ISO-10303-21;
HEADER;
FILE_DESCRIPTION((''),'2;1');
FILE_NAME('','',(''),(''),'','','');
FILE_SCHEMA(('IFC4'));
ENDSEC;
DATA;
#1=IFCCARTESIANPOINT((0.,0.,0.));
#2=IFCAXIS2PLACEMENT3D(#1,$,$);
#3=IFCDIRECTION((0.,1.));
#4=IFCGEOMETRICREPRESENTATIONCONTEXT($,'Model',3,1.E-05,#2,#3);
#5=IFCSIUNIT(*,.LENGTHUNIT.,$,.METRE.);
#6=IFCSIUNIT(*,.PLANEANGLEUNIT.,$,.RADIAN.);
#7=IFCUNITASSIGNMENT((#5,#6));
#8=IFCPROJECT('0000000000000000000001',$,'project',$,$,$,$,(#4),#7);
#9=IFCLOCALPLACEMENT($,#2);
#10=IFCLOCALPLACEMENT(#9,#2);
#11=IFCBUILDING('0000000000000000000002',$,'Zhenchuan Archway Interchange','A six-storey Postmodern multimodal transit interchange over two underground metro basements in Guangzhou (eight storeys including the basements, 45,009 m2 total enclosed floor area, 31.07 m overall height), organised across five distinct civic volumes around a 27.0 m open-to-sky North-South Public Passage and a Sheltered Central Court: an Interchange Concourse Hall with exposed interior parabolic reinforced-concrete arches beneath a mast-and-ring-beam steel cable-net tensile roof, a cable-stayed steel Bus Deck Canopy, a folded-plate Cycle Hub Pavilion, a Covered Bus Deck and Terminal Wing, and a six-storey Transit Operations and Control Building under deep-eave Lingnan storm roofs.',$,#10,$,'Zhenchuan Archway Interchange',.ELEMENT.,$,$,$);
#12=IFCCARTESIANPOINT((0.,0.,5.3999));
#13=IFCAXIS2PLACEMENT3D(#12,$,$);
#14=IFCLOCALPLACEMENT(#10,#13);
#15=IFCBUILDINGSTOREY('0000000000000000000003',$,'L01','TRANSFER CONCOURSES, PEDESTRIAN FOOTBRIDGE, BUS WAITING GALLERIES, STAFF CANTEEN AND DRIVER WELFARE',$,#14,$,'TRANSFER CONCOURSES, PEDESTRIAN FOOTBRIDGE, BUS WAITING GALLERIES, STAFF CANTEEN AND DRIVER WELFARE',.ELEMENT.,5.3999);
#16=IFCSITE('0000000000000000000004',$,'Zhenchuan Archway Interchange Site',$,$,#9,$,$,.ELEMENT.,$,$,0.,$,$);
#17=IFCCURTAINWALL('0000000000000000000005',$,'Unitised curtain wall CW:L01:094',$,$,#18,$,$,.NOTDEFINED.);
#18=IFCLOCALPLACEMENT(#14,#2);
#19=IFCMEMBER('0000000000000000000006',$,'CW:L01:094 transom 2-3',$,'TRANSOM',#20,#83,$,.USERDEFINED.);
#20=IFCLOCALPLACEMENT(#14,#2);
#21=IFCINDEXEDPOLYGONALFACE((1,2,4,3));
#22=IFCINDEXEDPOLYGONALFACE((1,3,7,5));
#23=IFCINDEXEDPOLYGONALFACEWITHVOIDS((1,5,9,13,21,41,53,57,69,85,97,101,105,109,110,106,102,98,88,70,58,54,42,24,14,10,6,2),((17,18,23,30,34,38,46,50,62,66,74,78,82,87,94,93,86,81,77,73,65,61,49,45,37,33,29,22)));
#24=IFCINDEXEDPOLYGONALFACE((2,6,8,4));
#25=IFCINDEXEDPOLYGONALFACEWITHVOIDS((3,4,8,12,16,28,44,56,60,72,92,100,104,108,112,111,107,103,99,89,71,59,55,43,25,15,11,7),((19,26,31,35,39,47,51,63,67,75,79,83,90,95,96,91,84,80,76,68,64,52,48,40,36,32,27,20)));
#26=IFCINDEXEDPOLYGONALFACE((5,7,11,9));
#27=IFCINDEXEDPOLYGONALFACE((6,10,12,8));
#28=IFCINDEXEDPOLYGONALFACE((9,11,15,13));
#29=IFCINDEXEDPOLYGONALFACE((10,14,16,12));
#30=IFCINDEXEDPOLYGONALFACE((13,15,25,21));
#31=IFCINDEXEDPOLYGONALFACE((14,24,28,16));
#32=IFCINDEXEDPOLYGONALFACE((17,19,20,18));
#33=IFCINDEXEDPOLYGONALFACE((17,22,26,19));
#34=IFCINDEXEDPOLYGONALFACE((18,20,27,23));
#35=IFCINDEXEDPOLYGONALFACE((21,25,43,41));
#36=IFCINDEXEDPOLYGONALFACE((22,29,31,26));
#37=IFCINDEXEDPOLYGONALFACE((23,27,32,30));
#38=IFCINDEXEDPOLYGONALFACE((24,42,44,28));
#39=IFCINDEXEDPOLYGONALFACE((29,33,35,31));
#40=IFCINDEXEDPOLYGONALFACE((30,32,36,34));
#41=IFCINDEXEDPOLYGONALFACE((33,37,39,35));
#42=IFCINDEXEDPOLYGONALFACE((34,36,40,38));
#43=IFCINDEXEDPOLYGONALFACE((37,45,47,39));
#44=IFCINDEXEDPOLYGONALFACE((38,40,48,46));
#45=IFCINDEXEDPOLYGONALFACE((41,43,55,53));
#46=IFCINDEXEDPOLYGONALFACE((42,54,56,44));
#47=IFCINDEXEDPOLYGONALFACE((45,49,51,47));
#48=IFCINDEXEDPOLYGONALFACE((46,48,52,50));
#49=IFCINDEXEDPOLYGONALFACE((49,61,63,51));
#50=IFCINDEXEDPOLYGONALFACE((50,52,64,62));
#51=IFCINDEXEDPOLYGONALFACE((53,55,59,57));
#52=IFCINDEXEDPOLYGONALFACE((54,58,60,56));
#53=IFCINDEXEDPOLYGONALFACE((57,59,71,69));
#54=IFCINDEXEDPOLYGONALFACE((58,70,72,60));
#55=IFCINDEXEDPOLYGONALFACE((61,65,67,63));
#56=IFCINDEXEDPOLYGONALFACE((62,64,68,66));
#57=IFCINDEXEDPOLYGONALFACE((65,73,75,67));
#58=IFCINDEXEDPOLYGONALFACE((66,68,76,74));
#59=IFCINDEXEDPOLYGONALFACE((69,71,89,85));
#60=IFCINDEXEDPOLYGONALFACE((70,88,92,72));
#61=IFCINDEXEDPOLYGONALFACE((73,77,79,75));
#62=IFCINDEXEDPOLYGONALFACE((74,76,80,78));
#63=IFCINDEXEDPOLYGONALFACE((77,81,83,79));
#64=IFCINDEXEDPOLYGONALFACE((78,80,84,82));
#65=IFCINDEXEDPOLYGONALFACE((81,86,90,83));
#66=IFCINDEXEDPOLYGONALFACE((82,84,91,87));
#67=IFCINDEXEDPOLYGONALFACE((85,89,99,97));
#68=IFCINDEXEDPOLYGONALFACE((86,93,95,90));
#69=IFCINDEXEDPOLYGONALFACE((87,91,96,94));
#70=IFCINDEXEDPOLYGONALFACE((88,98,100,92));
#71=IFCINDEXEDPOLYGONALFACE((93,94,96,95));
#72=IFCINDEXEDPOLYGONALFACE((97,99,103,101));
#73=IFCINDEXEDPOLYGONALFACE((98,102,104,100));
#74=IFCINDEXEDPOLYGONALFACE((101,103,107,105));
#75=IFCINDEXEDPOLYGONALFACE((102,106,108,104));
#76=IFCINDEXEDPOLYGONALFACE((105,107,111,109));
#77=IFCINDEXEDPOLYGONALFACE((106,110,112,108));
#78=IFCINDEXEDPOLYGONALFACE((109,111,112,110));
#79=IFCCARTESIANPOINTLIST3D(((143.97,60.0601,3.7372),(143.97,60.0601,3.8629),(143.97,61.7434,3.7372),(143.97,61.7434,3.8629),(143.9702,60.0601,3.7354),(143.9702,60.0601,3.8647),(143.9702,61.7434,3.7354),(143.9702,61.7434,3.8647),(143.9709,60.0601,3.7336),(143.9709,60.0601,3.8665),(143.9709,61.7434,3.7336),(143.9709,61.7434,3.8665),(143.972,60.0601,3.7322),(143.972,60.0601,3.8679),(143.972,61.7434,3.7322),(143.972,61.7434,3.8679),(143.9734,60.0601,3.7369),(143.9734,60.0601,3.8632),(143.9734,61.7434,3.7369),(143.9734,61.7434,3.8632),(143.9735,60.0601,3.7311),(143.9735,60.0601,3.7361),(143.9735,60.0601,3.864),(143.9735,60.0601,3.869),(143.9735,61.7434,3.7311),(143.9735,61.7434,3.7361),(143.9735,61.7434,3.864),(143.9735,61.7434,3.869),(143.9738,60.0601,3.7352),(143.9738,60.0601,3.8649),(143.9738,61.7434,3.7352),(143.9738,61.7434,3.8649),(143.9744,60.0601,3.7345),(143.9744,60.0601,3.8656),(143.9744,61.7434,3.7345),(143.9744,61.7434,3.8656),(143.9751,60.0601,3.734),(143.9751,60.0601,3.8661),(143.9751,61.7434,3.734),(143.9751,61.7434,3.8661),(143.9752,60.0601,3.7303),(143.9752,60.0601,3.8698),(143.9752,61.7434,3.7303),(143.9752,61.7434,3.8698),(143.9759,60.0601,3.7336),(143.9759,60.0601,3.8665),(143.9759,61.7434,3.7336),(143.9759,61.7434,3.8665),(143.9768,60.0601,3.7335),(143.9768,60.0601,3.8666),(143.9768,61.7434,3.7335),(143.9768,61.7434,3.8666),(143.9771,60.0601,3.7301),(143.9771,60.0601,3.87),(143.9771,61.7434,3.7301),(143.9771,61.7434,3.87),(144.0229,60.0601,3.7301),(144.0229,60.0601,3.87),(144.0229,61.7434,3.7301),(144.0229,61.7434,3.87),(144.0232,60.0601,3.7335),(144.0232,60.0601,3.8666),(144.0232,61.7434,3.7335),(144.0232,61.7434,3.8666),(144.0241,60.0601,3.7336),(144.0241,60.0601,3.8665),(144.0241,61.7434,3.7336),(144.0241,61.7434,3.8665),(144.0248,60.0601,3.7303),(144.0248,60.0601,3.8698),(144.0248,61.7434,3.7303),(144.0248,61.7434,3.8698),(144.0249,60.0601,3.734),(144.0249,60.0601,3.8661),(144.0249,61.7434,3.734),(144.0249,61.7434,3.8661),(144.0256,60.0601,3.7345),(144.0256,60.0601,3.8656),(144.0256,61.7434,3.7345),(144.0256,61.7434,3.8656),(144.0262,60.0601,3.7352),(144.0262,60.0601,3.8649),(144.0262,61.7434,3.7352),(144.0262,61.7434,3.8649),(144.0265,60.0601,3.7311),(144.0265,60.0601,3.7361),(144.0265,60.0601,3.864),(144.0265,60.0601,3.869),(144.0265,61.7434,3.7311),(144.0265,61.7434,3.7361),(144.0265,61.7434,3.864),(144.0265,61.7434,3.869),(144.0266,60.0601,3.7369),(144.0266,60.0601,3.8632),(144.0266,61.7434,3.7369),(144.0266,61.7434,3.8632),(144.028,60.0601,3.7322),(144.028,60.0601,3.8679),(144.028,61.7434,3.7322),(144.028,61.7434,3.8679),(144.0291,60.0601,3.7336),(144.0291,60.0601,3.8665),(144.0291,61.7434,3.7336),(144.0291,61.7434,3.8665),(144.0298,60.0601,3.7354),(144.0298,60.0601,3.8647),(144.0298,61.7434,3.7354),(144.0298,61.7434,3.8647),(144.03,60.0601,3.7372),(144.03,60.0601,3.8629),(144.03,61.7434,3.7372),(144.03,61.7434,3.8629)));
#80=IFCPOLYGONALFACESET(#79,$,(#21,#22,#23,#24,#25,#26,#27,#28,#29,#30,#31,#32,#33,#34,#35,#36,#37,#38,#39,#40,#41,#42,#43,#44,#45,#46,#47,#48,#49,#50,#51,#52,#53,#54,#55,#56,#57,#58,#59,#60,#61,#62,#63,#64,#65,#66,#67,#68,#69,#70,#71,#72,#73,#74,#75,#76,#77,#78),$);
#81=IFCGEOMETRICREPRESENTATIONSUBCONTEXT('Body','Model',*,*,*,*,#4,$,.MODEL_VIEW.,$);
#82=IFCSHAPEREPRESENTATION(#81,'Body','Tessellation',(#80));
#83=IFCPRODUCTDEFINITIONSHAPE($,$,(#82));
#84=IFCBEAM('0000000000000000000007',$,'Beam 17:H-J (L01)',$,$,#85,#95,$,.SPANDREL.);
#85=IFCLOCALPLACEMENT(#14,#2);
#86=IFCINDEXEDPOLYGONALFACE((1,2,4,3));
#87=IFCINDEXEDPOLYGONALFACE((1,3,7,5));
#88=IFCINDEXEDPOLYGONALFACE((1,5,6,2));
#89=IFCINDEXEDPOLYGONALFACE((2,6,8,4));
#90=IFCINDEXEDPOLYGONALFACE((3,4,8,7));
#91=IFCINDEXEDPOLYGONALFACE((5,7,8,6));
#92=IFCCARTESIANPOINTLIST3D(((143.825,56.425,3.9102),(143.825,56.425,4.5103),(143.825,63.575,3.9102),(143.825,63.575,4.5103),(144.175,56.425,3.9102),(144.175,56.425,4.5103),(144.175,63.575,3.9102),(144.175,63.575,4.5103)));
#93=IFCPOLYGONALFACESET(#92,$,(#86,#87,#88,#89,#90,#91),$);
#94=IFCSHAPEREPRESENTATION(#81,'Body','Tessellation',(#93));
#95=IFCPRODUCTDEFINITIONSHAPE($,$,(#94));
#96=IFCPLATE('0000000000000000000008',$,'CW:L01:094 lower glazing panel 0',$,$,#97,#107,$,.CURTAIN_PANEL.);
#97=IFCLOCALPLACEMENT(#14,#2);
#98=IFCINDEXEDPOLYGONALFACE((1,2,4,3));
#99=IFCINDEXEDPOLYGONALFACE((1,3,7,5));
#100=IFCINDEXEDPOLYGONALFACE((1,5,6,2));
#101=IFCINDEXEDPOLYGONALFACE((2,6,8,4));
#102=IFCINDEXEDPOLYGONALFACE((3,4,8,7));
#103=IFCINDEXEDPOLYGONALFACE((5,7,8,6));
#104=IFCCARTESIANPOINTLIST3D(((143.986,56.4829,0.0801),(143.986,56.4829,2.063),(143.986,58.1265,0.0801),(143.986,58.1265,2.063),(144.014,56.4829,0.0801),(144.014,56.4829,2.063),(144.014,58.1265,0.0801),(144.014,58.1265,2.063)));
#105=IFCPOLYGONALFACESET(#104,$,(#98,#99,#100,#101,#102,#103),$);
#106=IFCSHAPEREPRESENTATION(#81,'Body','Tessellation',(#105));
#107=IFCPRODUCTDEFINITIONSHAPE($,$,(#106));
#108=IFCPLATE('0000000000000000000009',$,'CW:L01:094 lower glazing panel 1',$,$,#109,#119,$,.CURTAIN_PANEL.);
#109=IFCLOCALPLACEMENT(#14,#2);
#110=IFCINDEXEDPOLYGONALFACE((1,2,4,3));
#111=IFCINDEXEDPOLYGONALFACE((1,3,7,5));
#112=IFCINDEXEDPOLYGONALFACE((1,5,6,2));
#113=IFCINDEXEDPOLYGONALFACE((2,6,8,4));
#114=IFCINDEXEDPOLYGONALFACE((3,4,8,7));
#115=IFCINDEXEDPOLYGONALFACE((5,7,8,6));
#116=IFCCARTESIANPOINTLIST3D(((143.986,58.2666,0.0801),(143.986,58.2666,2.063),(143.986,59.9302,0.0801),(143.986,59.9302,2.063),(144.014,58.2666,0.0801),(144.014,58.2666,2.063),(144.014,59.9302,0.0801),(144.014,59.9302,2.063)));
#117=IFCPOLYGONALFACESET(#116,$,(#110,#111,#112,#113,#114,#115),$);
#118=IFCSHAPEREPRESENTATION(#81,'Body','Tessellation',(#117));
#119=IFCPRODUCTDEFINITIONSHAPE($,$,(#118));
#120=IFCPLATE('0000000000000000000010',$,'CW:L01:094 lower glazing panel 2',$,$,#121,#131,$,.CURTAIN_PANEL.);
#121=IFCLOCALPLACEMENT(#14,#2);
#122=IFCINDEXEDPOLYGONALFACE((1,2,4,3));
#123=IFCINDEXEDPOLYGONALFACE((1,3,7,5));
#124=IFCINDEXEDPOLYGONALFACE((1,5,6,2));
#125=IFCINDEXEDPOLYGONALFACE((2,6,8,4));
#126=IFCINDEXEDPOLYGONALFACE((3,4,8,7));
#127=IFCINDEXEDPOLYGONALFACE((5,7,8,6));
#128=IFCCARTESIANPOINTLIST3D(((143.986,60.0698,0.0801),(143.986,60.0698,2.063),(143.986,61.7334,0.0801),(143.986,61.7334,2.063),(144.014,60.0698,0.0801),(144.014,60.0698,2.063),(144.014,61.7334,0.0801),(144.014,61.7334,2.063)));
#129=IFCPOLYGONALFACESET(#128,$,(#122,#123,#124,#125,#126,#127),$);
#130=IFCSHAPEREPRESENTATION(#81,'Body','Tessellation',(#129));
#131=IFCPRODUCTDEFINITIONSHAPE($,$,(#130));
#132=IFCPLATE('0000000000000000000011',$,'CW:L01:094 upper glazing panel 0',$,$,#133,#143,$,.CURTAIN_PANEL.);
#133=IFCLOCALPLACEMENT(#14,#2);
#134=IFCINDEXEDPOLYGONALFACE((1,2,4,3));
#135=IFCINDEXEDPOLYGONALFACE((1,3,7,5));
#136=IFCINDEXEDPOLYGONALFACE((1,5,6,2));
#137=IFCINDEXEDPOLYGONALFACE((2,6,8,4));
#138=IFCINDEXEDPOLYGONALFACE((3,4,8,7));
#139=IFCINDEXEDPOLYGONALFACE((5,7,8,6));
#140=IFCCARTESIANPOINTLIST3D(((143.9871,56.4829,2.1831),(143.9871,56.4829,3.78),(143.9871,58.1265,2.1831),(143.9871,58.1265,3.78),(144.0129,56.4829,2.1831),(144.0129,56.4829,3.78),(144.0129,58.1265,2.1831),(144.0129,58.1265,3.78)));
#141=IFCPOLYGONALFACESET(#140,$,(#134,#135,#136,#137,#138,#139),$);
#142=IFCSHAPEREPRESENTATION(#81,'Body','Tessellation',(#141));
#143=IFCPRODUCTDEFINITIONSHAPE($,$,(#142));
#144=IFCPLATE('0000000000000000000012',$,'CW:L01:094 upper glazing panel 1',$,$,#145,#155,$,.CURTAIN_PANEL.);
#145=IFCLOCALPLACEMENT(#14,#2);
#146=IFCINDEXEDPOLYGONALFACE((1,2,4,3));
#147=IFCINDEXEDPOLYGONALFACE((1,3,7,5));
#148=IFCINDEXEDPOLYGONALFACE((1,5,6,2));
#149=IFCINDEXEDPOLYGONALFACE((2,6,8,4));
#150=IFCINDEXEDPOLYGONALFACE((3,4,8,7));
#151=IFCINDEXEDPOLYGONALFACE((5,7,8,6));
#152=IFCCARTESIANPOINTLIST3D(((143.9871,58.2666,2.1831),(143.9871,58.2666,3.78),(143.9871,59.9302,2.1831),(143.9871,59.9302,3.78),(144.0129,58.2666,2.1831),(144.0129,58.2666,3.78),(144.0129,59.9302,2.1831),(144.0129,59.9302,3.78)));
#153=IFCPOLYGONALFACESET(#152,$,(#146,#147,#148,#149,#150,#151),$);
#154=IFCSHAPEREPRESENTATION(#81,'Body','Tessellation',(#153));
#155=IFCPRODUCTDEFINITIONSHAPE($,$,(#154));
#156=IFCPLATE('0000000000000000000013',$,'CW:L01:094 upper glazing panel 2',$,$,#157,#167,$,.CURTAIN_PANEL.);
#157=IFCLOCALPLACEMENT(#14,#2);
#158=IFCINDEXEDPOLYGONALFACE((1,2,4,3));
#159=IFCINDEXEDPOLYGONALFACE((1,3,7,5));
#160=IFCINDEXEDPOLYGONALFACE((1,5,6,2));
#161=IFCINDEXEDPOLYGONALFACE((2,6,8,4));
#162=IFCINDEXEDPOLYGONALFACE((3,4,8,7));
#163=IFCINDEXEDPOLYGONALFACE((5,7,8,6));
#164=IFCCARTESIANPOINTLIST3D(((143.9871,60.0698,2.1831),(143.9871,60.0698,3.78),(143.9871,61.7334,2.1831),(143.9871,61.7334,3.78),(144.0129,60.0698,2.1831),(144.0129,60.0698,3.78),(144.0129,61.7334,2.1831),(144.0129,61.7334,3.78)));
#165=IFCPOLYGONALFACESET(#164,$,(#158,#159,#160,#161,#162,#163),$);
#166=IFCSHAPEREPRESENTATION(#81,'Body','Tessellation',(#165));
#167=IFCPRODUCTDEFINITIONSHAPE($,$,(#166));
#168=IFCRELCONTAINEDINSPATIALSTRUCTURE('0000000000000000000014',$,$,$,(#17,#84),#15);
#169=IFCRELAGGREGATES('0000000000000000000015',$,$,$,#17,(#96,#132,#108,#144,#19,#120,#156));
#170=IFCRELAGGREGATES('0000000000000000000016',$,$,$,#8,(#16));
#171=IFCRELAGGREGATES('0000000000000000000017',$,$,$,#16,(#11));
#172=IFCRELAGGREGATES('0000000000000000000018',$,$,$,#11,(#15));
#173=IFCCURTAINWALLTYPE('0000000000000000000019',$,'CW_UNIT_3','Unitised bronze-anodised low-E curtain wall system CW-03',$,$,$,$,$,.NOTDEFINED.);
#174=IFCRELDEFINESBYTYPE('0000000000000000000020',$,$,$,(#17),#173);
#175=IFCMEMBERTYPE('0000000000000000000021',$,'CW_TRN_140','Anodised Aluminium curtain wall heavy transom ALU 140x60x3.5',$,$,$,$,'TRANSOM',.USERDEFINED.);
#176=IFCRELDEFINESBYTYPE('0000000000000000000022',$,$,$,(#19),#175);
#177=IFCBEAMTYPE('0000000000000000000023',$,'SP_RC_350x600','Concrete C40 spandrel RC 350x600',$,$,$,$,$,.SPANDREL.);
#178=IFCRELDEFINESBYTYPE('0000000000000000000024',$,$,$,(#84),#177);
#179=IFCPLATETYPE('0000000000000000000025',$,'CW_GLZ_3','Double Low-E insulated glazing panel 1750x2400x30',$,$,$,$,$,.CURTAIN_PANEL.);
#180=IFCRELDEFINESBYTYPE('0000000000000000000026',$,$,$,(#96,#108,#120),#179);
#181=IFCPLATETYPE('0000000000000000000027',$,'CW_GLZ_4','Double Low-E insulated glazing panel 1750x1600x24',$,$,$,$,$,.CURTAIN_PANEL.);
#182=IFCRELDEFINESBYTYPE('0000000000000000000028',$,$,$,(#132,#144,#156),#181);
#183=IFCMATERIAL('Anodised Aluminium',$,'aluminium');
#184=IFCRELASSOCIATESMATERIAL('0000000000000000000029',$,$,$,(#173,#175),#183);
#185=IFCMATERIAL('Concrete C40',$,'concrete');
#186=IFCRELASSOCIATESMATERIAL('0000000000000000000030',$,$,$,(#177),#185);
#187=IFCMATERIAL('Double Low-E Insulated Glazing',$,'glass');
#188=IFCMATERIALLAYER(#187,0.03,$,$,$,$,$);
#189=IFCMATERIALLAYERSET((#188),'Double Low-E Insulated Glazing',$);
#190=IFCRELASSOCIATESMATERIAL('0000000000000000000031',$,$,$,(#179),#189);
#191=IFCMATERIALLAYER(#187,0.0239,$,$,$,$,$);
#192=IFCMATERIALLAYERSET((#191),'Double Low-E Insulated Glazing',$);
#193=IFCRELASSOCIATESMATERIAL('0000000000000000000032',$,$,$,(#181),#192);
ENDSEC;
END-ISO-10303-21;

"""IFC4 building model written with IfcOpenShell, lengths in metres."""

from ifc_helpers import new_model, si_unit, direction, frame, origin, origin_2d, place, context, subcontext, project, spatial, rectangle, hollow_rectangle, extrude, material, layer, layer_set, material_profile, profile_set, type_object, element, aggregate, save


model = new_model("IFC4")

# Units and contexts
model_context = context("Model", 3, precision=1e-05, world=origin(), true_north=direction((0.0, 1.0)))
body_context = subcontext(model_context, "Body", "Model", "MODEL_VIEW")
ifc_project = project(units=[si_unit("LENGTHUNIT", "METRE"), si_unit("PLANEANGLEUNIT", "RADIAN")], contexts=[model_context])

# Site, building, storey
site_placement = place(None, origin())
site = spatial("IfcSite", under=ifc_project, at=site_placement, Name="Zhenchuan Archway Interchange Site", CompositionType="ELEMENT", RefElevation=0.0)
building_placement = place(site_placement, origin())
building = spatial("IfcBuilding", under=site, at=building_placement, Name="Zhenchuan Archway Interchange", Description="A six-storey Postmodern multimodal transit interchange over two underground metro basements in Guangzhou (eight storeys including the basements, 45,009 m2 total enclosed floor area, 31.07 m overall height), organised across five distinct civic volumes around a 27.0 m open-to-sky North-South Public Passage and a Sheltered Central Court: an Interchange Concourse Hall with exposed interior parabolic reinforced-concrete arches beneath a mast-and-ring-beam steel cable-net tensile roof, a cable-stayed steel Bus Deck Canopy, a folded-plate Cycle Hub Pavilion, a Covered Bus Deck and Terminal Wing, and a six-storey Transit Operations and Control Building under deep-eave Lingnan storm roofs.", LongName="Zhenchuan Archway Interchange", CompositionType="ELEMENT")
storey_placement = place(building_placement, frame((0.0, 0.0, 5.3999)))
storey = spatial("IfcBuildingStorey", under=building, at=storey_placement, Name="L01", Description="TRANSFER CONCOURSES, PEDESTRIAN FOOTBRIDGE, BUS WAITING GALLERIES, STAFF CANTEEN AND DRIVER WELFARE", LongName="TRANSFER CONCOURSES, PEDESTRIAN FOOTBRIDGE, BUS WAITING GALLERIES, STAFF CANTEEN AND DRIVER WELFARE", CompositionType="ELEMENT", Elevation=5.3999)

# Curtain wall, member
ifc_material_1 = material(Name="Anodised Aluminium", Category="aluminium")
curtain_wall_type = type_object("IfcCurtainWallType", Name="CW_UNIT_3", Description="Unitised bronze-anodised low-E curtain wall system CW-03", PredefinedType="NOTDEFINED", material=ifc_material_1)
curtain_wall_placement = place(storey_placement, origin())
curtain_wall = element("IfcCurtainWall", 1, at=curtain_wall_placement, inside=storey, type_object=curtain_wall_type, Name="Unitised curtain wall CW:L01:094", PredefinedType="NOTDEFINED")
ifc_material_profile_1 = material_profile(ifc_material_1, hollow_rectangle(XDim=0.0601, YDim=0.1399, WallThickness=0.0034, InnerFilletRadius=0.0034, OuterFilletRadius=0.0071, at=origin_2d()), Name="ALU 140x60x3.5")
ifc_profile_set_1 = profile_set([ifc_material_profile_1], Name="Anodised Aluminium")
member_type_1 = type_object("IfcMemberType", Name="CW_TRN_140", Description="Anodised Aluminium curtain wall heavy transom ALU 140x60x3.5", ElementType="TRANSOM", PredefinedType="USERDEFINED", material=ifc_profile_set_1)
member_1_placement = place(storey_placement, frame((144.0, 60.0601, 3.8), z_axis=(0.0, 1.0, 0.0), x_axis=(-1.0, 0.0, 0.0)))
member_1 = element("IfcMember", 2, at=member_1_placement, type_object=member_type_1, Name="CW:L01:094 transom 2-3", ObjectType="TRANSOM", PredefinedType="USERDEFINED", context=body_context, shape_type="SweptSolid", body=[
    extrude(hollow_rectangle(XDim=0.0601, YDim=0.1399, WallThickness=0.0034, InnerFilletRadius=0.0034, OuterFilletRadius=0.0071, at=origin_2d()), origin(), (0.0, 0.0, 1.0), 1.6833),
])

# Beam
ifc_material_2 = material(Name="Concrete C40", Category="concrete")
ifc_material_profile_2 = material_profile(ifc_material_2, rectangle(XDim=0.3501, YDim=0.6001, at=origin_2d()), Name="RC 350x600")
ifc_profile_set_2 = profile_set([ifc_material_profile_2], Name="Concrete C40")
beam_type = type_object("IfcBeamType", Name="SP_RC_350x600", Description="Concrete C40 spandrel RC 350x600", PredefinedType="SPANDREL", material=ifc_profile_set_2)
beam_placement = place(storey_placement, frame((144.0, 56.425, 4.2102), z_axis=(0.0, 1.0, 0.0), x_axis=(-1.0, 0.0, 0.0)))
element("IfcBeam", 3, at=beam_placement, inside=storey, type_object=beam_type, Name="Beam 17:H-J (L01)", PredefinedType="SPANDREL", context=body_context, shape_type="SweptSolid", body=[
    extrude(rectangle(XDim=0.3501, YDim=0.6001, at=origin_2d()), origin(), (0.0, 0.0, 1.0), 7.1499),
])

# Plates
ifc_material_3 = material(Name="Double Low-E Insulated Glazing", Category="glass")
ifc_layer_1 = layer(ifc_material_3, 0.03)
ifc_layer_set_1 = layer_set([ifc_layer_1], Name="Double Low-E Insulated Glazing")
plate_type_1 = type_object("IfcPlateType", Name="CW_GLZ_3", Description="Double Low-E insulated glazing panel 1750x2400x30", PredefinedType="CURTAIN_PANEL", material=ifc_layer_set_1)
plate_1_placement = place(storey_placement, frame((144.0, 57.3047, 0.0801), z_axis=(0.0, 0.0, 1.0), x_axis=(0.0, 1.0, 0.0)))
plate_1 = element("IfcPlate", 4, at=plate_1_placement, type_object=plate_type_1, Name="CW:L01:094 lower glazing panel 0", PredefinedType="CURTAIN_PANEL", context=body_context, shape_type="SweptSolid", body=[
    extrude(rectangle(XDim=1.6436, YDim=0.0281, at=origin_2d()), origin(), (0.0, 0.0, 1.0), 1.9829),
])
plate_2_placement = place(storey_placement, frame((144.0, 59.0984, 0.0801), z_axis=(0.0, 0.0, 1.0), x_axis=(0.0, 1.0, 0.0)))
plate_2 = element("IfcPlate", 5, at=plate_2_placement, type_object=plate_type_1, Name="CW:L01:094 lower glazing panel 1", PredefinedType="CURTAIN_PANEL", context=body_context, shape_type="SweptSolid", body=[
    extrude(rectangle(XDim=1.6636, YDim=0.0281, at=origin_2d()), origin(), (0.0, 0.0, 1.0), 1.9829),
])
plate_3_placement = place(storey_placement, frame((144.0, 60.9016, 0.0801), z_axis=(0.0, 0.0, 1.0), x_axis=(0.0, 1.0, 0.0)))
plate_3 = element("IfcPlate", 6, at=plate_3_placement, type_object=plate_type_1, Name="CW:L01:094 lower glazing panel 2", PredefinedType="CURTAIN_PANEL", context=body_context, shape_type="SweptSolid", body=[
    extrude(rectangle(XDim=1.6636, YDim=0.0281, at=origin_2d()), origin(), (0.0, 0.0, 1.0), 1.9829),
])
ifc_layer_2 = layer(ifc_material_3, 0.0239)
ifc_layer_set_2 = layer_set([ifc_layer_2], Name="Double Low-E Insulated Glazing")
plate_type_2 = type_object("IfcPlateType", Name="CW_GLZ_4", Description="Double Low-E insulated glazing panel 1750x1600x24", PredefinedType="CURTAIN_PANEL", material=ifc_layer_set_2)
plate_4_placement = place(storey_placement, frame((144.0, 57.3047, 2.1831), z_axis=(0.0, 0.0, 1.0), x_axis=(0.0, 1.0, 0.0)))
plate_4 = element("IfcPlate", 7, at=plate_4_placement, type_object=plate_type_2, Name="CW:L01:094 upper glazing panel 0", PredefinedType="CURTAIN_PANEL", context=body_context, shape_type="SweptSolid", body=[
    extrude(rectangle(XDim=1.6436, YDim=0.0259, at=origin_2d()), origin(), (0.0, 0.0, 1.0), 1.5969),
])
plate_5_placement = place(storey_placement, frame((144.0, 59.0984, 2.1831), z_axis=(0.0, 0.0, 1.0), x_axis=(0.0, 1.0, 0.0)))
plate_5 = element("IfcPlate", 8, at=plate_5_placement, type_object=plate_type_2, Name="CW:L01:094 upper glazing panel 1", PredefinedType="CURTAIN_PANEL", context=body_context, shape_type="SweptSolid", body=[
    extrude(rectangle(XDim=1.6636, YDim=0.0259, at=origin_2d()), origin(), (0.0, 0.0, 1.0), 1.5969),
])
plate_6_placement = place(storey_placement, frame((144.0, 60.9016, 2.1831), z_axis=(0.0, 0.0, 1.0), x_axis=(0.0, 1.0, 0.0)))
plate_6 = element("IfcPlate", 9, at=plate_6_placement, type_object=plate_type_2, Name="CW:L01:094 upper glazing panel 2", PredefinedType="CURTAIN_PANEL", context=body_context, shape_type="SweptSolid", body=[
    extrude(rectangle(XDim=1.6636, YDim=0.0259, at=origin_2d()), origin(), (0.0, 0.0, 1.0), 1.5969),
])
aggregate(curtain_wall, [plate_1, plate_4, plate_2, plate_5, member_1, plate_3, plate_6])

save(model, "model.ifc")
